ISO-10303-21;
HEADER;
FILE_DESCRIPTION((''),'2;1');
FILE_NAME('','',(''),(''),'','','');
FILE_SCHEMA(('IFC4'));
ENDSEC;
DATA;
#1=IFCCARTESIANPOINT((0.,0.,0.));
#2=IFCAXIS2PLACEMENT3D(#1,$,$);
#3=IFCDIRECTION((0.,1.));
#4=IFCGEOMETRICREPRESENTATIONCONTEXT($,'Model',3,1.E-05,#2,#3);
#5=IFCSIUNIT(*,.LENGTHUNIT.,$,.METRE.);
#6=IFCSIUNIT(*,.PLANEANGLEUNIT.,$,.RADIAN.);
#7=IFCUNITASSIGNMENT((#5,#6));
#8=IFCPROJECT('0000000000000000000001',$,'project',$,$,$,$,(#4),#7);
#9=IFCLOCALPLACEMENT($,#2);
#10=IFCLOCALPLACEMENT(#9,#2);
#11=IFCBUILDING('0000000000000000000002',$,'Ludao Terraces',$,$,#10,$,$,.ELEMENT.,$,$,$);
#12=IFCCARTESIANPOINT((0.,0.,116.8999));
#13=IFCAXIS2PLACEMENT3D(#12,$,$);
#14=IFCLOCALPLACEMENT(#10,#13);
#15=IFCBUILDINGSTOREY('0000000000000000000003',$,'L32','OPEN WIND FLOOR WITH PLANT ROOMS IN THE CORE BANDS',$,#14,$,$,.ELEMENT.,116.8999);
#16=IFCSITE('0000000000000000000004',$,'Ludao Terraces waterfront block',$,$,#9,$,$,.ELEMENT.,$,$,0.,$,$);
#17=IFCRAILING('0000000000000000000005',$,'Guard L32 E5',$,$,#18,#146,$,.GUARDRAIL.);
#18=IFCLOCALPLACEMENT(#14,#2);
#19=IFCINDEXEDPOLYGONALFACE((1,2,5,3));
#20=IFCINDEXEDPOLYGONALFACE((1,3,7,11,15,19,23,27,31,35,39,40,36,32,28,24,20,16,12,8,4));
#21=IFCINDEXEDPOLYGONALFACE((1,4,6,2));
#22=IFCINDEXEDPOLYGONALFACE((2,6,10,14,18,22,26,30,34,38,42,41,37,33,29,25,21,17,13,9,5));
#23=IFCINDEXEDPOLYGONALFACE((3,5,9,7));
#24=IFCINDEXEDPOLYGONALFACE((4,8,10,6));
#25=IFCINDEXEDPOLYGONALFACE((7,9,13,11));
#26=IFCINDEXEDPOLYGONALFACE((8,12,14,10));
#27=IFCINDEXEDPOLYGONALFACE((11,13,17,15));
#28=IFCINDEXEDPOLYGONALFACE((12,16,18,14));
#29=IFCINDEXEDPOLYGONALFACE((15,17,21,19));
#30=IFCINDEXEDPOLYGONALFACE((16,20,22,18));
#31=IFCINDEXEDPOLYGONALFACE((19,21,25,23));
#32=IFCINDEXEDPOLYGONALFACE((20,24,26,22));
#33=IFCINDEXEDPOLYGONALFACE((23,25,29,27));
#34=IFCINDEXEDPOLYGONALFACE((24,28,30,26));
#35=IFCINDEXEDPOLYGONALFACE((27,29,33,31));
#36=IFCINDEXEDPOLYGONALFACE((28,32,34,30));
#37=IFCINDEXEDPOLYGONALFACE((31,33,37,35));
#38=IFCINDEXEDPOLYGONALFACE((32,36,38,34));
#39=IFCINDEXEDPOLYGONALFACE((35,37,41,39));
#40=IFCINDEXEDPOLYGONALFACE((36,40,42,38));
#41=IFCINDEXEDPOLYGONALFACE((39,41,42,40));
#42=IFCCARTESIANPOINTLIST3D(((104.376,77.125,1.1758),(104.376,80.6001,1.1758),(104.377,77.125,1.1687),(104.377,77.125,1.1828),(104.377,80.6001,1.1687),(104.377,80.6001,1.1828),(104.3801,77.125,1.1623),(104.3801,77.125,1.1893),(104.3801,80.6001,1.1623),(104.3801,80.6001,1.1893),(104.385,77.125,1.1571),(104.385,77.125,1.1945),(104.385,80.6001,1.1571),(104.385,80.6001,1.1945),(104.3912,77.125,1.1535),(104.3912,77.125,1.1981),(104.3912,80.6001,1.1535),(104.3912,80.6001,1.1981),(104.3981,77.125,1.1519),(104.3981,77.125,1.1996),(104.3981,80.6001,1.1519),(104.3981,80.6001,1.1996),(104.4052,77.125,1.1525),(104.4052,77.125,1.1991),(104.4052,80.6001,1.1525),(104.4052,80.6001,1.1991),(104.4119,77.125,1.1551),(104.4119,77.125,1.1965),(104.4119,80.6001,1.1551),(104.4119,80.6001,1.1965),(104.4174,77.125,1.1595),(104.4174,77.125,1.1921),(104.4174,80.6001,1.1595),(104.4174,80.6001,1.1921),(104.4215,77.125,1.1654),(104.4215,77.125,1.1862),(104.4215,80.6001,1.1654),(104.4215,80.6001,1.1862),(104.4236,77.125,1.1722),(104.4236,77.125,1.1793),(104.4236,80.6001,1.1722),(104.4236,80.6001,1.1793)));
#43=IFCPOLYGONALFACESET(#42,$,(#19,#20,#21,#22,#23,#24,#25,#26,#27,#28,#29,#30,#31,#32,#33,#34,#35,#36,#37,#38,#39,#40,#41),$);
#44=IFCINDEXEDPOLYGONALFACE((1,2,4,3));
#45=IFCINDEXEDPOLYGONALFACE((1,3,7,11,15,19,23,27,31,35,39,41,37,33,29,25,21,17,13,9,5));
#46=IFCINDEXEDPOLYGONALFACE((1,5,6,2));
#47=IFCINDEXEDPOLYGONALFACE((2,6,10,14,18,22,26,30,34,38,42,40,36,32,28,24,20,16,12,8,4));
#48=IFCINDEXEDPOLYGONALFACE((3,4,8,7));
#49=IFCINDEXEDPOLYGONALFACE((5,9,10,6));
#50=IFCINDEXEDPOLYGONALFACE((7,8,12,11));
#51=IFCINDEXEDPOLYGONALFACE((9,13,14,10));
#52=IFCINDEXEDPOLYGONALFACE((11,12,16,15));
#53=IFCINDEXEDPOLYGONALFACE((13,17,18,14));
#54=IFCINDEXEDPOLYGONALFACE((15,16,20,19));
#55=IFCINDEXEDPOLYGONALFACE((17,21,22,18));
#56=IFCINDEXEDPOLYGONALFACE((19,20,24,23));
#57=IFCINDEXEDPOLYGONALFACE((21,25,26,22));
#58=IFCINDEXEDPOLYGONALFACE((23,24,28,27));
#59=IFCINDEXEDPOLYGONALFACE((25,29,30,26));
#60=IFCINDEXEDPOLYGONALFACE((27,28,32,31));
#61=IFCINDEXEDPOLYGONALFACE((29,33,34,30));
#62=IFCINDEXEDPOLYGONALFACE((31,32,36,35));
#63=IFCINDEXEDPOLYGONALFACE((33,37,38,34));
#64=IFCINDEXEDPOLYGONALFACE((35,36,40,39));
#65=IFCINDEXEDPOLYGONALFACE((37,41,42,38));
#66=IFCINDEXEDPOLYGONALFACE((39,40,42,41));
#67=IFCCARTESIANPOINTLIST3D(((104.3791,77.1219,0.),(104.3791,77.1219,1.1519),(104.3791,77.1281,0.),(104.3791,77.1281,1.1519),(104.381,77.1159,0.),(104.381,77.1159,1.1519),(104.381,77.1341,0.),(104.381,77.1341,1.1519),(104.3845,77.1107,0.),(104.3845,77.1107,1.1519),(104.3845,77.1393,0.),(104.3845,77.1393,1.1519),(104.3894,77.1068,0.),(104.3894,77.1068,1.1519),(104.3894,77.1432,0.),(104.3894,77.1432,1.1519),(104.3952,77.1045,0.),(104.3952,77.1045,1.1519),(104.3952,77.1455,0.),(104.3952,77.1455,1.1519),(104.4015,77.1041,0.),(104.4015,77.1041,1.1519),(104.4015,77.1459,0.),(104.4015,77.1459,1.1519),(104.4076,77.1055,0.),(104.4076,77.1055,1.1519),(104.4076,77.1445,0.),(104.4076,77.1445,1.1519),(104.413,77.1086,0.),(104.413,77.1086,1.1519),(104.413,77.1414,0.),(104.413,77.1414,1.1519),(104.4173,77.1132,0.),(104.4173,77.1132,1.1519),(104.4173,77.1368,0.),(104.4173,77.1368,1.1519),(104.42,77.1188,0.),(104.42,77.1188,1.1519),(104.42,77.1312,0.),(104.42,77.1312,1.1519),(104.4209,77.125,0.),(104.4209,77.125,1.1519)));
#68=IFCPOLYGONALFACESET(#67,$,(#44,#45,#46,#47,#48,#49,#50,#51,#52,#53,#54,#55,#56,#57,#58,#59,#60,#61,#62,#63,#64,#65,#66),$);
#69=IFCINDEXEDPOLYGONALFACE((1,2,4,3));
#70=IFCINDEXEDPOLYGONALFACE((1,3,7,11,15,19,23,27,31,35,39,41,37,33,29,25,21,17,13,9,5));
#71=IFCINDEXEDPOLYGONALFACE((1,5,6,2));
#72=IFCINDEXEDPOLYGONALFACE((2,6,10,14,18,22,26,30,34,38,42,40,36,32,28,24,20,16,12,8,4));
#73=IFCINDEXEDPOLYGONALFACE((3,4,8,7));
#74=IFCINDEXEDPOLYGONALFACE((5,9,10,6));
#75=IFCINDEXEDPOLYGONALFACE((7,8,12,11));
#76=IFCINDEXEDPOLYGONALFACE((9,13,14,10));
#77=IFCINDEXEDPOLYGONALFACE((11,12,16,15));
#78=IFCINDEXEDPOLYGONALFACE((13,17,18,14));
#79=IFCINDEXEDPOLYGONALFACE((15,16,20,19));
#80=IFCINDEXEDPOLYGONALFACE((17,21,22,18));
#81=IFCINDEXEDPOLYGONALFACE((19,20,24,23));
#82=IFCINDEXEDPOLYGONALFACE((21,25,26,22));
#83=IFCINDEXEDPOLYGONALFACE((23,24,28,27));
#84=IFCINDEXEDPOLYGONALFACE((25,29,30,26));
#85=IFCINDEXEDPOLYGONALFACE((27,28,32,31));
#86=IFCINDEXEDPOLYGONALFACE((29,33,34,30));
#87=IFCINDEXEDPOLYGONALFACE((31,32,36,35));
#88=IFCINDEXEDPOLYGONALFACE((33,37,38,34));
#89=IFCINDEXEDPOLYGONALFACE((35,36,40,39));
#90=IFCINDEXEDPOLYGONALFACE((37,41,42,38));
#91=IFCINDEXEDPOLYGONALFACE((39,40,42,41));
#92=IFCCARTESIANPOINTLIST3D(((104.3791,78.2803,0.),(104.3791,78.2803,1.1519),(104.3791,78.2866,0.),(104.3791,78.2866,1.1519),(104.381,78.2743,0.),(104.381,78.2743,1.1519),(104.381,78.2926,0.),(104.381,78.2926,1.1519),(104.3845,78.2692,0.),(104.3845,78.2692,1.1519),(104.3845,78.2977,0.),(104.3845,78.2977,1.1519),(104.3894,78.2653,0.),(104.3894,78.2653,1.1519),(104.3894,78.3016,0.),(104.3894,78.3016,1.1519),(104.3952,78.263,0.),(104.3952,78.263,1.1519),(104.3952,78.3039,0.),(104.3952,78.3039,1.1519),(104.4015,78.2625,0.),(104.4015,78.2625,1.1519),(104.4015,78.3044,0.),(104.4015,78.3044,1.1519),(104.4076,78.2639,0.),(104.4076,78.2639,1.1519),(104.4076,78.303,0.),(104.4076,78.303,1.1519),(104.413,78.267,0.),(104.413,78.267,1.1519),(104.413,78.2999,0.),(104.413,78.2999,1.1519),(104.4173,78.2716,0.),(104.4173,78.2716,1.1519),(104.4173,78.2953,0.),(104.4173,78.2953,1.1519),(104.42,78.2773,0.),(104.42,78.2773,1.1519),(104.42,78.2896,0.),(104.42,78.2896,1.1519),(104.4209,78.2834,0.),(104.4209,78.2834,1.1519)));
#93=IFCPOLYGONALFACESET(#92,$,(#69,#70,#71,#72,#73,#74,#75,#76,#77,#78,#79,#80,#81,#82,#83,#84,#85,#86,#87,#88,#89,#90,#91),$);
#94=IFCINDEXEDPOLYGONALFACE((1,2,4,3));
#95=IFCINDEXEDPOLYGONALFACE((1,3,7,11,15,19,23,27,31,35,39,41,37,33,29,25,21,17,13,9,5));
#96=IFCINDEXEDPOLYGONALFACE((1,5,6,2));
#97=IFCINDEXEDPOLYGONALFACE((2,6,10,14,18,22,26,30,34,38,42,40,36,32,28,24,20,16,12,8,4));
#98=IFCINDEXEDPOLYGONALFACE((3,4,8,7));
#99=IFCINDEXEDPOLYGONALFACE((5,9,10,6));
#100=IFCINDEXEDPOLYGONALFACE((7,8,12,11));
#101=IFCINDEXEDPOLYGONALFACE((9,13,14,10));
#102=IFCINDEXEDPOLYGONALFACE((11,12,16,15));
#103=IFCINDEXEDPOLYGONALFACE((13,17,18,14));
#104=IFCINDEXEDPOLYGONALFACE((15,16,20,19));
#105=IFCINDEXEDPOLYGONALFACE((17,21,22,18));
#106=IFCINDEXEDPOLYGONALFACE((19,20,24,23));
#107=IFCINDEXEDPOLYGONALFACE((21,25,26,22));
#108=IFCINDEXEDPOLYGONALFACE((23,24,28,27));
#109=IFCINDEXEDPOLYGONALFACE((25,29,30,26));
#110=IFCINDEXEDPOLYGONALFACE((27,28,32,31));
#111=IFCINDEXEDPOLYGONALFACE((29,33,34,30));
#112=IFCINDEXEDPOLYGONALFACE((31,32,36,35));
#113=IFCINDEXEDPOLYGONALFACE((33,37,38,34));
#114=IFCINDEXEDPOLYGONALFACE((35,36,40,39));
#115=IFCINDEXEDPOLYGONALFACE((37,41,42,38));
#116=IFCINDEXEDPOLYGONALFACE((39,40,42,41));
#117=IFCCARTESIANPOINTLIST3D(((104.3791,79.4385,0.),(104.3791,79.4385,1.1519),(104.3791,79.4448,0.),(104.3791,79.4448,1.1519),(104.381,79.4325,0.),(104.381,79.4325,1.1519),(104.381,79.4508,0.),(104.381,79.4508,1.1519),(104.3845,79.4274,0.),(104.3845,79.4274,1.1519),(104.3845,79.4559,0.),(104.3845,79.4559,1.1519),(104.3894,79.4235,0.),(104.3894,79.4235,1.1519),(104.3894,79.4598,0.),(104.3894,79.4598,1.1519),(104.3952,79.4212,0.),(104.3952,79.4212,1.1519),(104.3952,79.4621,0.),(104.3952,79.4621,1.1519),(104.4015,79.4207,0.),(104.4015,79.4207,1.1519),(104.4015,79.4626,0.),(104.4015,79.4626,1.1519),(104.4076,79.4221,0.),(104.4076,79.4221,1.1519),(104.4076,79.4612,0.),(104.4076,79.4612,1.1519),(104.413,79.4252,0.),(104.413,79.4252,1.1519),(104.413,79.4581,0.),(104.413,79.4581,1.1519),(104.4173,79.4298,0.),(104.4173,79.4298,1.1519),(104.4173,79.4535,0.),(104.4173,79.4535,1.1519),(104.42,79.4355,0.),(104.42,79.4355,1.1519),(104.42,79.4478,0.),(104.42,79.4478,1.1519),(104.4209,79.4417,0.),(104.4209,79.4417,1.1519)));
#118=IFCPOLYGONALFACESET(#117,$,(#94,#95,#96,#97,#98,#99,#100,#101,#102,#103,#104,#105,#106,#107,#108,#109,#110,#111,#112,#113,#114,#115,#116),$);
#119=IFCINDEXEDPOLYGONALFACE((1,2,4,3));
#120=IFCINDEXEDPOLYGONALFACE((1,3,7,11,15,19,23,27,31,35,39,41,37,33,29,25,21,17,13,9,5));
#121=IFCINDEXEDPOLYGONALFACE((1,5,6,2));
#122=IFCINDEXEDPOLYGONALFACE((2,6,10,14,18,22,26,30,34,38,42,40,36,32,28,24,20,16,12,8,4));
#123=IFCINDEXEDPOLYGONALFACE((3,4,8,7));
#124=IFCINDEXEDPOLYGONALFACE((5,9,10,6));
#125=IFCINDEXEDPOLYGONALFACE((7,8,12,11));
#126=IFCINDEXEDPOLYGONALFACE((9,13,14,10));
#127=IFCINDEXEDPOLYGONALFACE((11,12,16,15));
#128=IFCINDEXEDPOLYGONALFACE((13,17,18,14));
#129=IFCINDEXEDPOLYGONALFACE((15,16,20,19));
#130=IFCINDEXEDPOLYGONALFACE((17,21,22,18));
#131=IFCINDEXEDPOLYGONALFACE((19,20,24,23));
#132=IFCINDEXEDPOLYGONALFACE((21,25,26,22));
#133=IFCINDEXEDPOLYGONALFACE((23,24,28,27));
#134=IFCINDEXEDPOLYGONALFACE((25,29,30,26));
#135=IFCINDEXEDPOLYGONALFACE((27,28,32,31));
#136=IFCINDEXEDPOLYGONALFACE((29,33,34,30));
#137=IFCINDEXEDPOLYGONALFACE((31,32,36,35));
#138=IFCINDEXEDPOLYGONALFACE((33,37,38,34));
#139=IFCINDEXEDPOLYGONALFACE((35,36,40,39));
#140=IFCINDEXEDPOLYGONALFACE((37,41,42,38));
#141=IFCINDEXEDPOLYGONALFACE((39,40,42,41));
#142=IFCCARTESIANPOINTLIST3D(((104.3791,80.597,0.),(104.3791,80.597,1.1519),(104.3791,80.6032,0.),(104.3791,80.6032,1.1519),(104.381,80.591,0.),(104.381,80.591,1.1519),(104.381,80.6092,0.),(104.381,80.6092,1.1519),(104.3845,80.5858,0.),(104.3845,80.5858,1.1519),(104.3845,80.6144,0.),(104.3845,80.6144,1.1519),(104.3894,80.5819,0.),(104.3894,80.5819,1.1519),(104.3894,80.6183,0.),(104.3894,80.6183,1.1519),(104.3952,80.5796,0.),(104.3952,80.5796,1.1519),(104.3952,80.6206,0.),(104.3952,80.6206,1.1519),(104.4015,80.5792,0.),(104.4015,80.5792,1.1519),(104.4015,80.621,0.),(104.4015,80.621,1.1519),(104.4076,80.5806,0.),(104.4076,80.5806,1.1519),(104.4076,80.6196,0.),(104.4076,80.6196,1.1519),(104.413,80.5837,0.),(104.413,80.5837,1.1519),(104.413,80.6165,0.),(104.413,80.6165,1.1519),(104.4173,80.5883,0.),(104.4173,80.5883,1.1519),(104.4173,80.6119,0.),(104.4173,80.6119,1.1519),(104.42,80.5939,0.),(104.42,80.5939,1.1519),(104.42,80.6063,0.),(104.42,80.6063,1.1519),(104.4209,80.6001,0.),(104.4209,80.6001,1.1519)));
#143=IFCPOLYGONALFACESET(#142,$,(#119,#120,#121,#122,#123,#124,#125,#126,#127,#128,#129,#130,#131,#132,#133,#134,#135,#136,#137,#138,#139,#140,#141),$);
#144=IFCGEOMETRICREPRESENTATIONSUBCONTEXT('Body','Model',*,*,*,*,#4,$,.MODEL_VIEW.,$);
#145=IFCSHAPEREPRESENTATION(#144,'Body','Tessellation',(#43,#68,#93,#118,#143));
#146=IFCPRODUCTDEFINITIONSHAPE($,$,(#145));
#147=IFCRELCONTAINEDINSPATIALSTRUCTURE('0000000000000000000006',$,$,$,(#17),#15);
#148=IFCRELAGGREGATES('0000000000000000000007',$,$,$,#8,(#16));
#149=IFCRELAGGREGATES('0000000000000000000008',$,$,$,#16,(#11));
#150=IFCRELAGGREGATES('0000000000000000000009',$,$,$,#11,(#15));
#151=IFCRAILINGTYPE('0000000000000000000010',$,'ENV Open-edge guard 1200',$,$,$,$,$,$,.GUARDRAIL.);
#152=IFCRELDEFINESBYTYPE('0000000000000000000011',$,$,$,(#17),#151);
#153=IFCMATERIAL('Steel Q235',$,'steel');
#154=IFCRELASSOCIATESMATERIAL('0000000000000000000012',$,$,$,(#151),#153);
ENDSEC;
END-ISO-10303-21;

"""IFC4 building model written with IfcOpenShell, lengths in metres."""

from ifc_helpers import new_model, si_unit, direction, frame, origin, origin_2d, place, context, subcontext, project, spatial, circle, extrude, material, type_object, element, save


model = new_model("IFC4")

# Units and contexts
model_context = context("Model", 3, precision=1e-05, world=origin(), true_north=direction((0.0, 1.0)))
body_context = subcontext(model_context, "Body", "Model", "MODEL_VIEW")
ifc_project = project(units=[si_unit("LENGTHUNIT", "METRE"), si_unit("PLANEANGLEUNIT", "RADIAN")], contexts=[model_context])

# Site, building, storey
site_placement = place(None, origin())
site = spatial("IfcSite", under=ifc_project, at=site_placement, Name="Ludao Terraces waterfront block", CompositionType="ELEMENT", RefElevation=0.0)
building_placement = place(site_placement, origin())
building = spatial("IfcBuilding", under=site, at=building_placement, Name="Ludao Terraces", CompositionType="ELEMENT")
storey_placement = place(building_placement, frame((0.0, 0.0, 116.8999)))
storey = spatial("IfcBuildingStorey", under=building, at=storey_placement, Name="L32", Description="OPEN WIND FLOOR WITH PLANT ROOMS IN THE CORE BANDS", CompositionType="ELEMENT", Elevation=116.8999)

# Shared definitions
ifc_material_1 = material(Name="Steel Q235", Category="steel")

# Railing
railing_type_1 = type_object("IfcRailingType", Name="ENV Open-edge guard 1200", PredefinedType="GUARDRAIL", material=ifc_material_1)
railing_1_placement = place(storey_placement, frame((104.3999, 77.125, 0.0)))
element("IfcRailing", 1, at=railing_1_placement, inside=storey, type_object=railing_type_1, Name="Guard L32 E5", PredefinedType="GUARDRAIL", context=body_context, shape_type="SweptSolid", body=[
    extrude(circle(Radius=0.0239, at=origin_2d()), frame((0.0, 0.0, 1.1758), z_axis=(0.0, 1.0, 0.0), x_axis=(-1.0, 0.0, 0.0)), (0.0, 0.0, 1.0), 3.4751),
    extrude(circle(Radius=0.021, at=origin_2d()), origin(), (0.0, 0.0, 1.0), 1.1519),
    extrude(circle(Radius=0.021, at=origin_2d()), frame((0.0, 1.1584, 0.0)), (0.0, 0.0, 1.0), 1.1519),
    extrude(circle(Radius=0.021, at=origin_2d()), frame((0.0, 2.3167, 0.0)), (0.0, 0.0, 1.0), 1.1519),
    extrude(circle(Radius=0.021, at=origin_2d()), frame((0.0, 3.4751, 0.0)), (0.0, 0.0, 1.0), 1.1519),
])

save(model, "model.ifc")
